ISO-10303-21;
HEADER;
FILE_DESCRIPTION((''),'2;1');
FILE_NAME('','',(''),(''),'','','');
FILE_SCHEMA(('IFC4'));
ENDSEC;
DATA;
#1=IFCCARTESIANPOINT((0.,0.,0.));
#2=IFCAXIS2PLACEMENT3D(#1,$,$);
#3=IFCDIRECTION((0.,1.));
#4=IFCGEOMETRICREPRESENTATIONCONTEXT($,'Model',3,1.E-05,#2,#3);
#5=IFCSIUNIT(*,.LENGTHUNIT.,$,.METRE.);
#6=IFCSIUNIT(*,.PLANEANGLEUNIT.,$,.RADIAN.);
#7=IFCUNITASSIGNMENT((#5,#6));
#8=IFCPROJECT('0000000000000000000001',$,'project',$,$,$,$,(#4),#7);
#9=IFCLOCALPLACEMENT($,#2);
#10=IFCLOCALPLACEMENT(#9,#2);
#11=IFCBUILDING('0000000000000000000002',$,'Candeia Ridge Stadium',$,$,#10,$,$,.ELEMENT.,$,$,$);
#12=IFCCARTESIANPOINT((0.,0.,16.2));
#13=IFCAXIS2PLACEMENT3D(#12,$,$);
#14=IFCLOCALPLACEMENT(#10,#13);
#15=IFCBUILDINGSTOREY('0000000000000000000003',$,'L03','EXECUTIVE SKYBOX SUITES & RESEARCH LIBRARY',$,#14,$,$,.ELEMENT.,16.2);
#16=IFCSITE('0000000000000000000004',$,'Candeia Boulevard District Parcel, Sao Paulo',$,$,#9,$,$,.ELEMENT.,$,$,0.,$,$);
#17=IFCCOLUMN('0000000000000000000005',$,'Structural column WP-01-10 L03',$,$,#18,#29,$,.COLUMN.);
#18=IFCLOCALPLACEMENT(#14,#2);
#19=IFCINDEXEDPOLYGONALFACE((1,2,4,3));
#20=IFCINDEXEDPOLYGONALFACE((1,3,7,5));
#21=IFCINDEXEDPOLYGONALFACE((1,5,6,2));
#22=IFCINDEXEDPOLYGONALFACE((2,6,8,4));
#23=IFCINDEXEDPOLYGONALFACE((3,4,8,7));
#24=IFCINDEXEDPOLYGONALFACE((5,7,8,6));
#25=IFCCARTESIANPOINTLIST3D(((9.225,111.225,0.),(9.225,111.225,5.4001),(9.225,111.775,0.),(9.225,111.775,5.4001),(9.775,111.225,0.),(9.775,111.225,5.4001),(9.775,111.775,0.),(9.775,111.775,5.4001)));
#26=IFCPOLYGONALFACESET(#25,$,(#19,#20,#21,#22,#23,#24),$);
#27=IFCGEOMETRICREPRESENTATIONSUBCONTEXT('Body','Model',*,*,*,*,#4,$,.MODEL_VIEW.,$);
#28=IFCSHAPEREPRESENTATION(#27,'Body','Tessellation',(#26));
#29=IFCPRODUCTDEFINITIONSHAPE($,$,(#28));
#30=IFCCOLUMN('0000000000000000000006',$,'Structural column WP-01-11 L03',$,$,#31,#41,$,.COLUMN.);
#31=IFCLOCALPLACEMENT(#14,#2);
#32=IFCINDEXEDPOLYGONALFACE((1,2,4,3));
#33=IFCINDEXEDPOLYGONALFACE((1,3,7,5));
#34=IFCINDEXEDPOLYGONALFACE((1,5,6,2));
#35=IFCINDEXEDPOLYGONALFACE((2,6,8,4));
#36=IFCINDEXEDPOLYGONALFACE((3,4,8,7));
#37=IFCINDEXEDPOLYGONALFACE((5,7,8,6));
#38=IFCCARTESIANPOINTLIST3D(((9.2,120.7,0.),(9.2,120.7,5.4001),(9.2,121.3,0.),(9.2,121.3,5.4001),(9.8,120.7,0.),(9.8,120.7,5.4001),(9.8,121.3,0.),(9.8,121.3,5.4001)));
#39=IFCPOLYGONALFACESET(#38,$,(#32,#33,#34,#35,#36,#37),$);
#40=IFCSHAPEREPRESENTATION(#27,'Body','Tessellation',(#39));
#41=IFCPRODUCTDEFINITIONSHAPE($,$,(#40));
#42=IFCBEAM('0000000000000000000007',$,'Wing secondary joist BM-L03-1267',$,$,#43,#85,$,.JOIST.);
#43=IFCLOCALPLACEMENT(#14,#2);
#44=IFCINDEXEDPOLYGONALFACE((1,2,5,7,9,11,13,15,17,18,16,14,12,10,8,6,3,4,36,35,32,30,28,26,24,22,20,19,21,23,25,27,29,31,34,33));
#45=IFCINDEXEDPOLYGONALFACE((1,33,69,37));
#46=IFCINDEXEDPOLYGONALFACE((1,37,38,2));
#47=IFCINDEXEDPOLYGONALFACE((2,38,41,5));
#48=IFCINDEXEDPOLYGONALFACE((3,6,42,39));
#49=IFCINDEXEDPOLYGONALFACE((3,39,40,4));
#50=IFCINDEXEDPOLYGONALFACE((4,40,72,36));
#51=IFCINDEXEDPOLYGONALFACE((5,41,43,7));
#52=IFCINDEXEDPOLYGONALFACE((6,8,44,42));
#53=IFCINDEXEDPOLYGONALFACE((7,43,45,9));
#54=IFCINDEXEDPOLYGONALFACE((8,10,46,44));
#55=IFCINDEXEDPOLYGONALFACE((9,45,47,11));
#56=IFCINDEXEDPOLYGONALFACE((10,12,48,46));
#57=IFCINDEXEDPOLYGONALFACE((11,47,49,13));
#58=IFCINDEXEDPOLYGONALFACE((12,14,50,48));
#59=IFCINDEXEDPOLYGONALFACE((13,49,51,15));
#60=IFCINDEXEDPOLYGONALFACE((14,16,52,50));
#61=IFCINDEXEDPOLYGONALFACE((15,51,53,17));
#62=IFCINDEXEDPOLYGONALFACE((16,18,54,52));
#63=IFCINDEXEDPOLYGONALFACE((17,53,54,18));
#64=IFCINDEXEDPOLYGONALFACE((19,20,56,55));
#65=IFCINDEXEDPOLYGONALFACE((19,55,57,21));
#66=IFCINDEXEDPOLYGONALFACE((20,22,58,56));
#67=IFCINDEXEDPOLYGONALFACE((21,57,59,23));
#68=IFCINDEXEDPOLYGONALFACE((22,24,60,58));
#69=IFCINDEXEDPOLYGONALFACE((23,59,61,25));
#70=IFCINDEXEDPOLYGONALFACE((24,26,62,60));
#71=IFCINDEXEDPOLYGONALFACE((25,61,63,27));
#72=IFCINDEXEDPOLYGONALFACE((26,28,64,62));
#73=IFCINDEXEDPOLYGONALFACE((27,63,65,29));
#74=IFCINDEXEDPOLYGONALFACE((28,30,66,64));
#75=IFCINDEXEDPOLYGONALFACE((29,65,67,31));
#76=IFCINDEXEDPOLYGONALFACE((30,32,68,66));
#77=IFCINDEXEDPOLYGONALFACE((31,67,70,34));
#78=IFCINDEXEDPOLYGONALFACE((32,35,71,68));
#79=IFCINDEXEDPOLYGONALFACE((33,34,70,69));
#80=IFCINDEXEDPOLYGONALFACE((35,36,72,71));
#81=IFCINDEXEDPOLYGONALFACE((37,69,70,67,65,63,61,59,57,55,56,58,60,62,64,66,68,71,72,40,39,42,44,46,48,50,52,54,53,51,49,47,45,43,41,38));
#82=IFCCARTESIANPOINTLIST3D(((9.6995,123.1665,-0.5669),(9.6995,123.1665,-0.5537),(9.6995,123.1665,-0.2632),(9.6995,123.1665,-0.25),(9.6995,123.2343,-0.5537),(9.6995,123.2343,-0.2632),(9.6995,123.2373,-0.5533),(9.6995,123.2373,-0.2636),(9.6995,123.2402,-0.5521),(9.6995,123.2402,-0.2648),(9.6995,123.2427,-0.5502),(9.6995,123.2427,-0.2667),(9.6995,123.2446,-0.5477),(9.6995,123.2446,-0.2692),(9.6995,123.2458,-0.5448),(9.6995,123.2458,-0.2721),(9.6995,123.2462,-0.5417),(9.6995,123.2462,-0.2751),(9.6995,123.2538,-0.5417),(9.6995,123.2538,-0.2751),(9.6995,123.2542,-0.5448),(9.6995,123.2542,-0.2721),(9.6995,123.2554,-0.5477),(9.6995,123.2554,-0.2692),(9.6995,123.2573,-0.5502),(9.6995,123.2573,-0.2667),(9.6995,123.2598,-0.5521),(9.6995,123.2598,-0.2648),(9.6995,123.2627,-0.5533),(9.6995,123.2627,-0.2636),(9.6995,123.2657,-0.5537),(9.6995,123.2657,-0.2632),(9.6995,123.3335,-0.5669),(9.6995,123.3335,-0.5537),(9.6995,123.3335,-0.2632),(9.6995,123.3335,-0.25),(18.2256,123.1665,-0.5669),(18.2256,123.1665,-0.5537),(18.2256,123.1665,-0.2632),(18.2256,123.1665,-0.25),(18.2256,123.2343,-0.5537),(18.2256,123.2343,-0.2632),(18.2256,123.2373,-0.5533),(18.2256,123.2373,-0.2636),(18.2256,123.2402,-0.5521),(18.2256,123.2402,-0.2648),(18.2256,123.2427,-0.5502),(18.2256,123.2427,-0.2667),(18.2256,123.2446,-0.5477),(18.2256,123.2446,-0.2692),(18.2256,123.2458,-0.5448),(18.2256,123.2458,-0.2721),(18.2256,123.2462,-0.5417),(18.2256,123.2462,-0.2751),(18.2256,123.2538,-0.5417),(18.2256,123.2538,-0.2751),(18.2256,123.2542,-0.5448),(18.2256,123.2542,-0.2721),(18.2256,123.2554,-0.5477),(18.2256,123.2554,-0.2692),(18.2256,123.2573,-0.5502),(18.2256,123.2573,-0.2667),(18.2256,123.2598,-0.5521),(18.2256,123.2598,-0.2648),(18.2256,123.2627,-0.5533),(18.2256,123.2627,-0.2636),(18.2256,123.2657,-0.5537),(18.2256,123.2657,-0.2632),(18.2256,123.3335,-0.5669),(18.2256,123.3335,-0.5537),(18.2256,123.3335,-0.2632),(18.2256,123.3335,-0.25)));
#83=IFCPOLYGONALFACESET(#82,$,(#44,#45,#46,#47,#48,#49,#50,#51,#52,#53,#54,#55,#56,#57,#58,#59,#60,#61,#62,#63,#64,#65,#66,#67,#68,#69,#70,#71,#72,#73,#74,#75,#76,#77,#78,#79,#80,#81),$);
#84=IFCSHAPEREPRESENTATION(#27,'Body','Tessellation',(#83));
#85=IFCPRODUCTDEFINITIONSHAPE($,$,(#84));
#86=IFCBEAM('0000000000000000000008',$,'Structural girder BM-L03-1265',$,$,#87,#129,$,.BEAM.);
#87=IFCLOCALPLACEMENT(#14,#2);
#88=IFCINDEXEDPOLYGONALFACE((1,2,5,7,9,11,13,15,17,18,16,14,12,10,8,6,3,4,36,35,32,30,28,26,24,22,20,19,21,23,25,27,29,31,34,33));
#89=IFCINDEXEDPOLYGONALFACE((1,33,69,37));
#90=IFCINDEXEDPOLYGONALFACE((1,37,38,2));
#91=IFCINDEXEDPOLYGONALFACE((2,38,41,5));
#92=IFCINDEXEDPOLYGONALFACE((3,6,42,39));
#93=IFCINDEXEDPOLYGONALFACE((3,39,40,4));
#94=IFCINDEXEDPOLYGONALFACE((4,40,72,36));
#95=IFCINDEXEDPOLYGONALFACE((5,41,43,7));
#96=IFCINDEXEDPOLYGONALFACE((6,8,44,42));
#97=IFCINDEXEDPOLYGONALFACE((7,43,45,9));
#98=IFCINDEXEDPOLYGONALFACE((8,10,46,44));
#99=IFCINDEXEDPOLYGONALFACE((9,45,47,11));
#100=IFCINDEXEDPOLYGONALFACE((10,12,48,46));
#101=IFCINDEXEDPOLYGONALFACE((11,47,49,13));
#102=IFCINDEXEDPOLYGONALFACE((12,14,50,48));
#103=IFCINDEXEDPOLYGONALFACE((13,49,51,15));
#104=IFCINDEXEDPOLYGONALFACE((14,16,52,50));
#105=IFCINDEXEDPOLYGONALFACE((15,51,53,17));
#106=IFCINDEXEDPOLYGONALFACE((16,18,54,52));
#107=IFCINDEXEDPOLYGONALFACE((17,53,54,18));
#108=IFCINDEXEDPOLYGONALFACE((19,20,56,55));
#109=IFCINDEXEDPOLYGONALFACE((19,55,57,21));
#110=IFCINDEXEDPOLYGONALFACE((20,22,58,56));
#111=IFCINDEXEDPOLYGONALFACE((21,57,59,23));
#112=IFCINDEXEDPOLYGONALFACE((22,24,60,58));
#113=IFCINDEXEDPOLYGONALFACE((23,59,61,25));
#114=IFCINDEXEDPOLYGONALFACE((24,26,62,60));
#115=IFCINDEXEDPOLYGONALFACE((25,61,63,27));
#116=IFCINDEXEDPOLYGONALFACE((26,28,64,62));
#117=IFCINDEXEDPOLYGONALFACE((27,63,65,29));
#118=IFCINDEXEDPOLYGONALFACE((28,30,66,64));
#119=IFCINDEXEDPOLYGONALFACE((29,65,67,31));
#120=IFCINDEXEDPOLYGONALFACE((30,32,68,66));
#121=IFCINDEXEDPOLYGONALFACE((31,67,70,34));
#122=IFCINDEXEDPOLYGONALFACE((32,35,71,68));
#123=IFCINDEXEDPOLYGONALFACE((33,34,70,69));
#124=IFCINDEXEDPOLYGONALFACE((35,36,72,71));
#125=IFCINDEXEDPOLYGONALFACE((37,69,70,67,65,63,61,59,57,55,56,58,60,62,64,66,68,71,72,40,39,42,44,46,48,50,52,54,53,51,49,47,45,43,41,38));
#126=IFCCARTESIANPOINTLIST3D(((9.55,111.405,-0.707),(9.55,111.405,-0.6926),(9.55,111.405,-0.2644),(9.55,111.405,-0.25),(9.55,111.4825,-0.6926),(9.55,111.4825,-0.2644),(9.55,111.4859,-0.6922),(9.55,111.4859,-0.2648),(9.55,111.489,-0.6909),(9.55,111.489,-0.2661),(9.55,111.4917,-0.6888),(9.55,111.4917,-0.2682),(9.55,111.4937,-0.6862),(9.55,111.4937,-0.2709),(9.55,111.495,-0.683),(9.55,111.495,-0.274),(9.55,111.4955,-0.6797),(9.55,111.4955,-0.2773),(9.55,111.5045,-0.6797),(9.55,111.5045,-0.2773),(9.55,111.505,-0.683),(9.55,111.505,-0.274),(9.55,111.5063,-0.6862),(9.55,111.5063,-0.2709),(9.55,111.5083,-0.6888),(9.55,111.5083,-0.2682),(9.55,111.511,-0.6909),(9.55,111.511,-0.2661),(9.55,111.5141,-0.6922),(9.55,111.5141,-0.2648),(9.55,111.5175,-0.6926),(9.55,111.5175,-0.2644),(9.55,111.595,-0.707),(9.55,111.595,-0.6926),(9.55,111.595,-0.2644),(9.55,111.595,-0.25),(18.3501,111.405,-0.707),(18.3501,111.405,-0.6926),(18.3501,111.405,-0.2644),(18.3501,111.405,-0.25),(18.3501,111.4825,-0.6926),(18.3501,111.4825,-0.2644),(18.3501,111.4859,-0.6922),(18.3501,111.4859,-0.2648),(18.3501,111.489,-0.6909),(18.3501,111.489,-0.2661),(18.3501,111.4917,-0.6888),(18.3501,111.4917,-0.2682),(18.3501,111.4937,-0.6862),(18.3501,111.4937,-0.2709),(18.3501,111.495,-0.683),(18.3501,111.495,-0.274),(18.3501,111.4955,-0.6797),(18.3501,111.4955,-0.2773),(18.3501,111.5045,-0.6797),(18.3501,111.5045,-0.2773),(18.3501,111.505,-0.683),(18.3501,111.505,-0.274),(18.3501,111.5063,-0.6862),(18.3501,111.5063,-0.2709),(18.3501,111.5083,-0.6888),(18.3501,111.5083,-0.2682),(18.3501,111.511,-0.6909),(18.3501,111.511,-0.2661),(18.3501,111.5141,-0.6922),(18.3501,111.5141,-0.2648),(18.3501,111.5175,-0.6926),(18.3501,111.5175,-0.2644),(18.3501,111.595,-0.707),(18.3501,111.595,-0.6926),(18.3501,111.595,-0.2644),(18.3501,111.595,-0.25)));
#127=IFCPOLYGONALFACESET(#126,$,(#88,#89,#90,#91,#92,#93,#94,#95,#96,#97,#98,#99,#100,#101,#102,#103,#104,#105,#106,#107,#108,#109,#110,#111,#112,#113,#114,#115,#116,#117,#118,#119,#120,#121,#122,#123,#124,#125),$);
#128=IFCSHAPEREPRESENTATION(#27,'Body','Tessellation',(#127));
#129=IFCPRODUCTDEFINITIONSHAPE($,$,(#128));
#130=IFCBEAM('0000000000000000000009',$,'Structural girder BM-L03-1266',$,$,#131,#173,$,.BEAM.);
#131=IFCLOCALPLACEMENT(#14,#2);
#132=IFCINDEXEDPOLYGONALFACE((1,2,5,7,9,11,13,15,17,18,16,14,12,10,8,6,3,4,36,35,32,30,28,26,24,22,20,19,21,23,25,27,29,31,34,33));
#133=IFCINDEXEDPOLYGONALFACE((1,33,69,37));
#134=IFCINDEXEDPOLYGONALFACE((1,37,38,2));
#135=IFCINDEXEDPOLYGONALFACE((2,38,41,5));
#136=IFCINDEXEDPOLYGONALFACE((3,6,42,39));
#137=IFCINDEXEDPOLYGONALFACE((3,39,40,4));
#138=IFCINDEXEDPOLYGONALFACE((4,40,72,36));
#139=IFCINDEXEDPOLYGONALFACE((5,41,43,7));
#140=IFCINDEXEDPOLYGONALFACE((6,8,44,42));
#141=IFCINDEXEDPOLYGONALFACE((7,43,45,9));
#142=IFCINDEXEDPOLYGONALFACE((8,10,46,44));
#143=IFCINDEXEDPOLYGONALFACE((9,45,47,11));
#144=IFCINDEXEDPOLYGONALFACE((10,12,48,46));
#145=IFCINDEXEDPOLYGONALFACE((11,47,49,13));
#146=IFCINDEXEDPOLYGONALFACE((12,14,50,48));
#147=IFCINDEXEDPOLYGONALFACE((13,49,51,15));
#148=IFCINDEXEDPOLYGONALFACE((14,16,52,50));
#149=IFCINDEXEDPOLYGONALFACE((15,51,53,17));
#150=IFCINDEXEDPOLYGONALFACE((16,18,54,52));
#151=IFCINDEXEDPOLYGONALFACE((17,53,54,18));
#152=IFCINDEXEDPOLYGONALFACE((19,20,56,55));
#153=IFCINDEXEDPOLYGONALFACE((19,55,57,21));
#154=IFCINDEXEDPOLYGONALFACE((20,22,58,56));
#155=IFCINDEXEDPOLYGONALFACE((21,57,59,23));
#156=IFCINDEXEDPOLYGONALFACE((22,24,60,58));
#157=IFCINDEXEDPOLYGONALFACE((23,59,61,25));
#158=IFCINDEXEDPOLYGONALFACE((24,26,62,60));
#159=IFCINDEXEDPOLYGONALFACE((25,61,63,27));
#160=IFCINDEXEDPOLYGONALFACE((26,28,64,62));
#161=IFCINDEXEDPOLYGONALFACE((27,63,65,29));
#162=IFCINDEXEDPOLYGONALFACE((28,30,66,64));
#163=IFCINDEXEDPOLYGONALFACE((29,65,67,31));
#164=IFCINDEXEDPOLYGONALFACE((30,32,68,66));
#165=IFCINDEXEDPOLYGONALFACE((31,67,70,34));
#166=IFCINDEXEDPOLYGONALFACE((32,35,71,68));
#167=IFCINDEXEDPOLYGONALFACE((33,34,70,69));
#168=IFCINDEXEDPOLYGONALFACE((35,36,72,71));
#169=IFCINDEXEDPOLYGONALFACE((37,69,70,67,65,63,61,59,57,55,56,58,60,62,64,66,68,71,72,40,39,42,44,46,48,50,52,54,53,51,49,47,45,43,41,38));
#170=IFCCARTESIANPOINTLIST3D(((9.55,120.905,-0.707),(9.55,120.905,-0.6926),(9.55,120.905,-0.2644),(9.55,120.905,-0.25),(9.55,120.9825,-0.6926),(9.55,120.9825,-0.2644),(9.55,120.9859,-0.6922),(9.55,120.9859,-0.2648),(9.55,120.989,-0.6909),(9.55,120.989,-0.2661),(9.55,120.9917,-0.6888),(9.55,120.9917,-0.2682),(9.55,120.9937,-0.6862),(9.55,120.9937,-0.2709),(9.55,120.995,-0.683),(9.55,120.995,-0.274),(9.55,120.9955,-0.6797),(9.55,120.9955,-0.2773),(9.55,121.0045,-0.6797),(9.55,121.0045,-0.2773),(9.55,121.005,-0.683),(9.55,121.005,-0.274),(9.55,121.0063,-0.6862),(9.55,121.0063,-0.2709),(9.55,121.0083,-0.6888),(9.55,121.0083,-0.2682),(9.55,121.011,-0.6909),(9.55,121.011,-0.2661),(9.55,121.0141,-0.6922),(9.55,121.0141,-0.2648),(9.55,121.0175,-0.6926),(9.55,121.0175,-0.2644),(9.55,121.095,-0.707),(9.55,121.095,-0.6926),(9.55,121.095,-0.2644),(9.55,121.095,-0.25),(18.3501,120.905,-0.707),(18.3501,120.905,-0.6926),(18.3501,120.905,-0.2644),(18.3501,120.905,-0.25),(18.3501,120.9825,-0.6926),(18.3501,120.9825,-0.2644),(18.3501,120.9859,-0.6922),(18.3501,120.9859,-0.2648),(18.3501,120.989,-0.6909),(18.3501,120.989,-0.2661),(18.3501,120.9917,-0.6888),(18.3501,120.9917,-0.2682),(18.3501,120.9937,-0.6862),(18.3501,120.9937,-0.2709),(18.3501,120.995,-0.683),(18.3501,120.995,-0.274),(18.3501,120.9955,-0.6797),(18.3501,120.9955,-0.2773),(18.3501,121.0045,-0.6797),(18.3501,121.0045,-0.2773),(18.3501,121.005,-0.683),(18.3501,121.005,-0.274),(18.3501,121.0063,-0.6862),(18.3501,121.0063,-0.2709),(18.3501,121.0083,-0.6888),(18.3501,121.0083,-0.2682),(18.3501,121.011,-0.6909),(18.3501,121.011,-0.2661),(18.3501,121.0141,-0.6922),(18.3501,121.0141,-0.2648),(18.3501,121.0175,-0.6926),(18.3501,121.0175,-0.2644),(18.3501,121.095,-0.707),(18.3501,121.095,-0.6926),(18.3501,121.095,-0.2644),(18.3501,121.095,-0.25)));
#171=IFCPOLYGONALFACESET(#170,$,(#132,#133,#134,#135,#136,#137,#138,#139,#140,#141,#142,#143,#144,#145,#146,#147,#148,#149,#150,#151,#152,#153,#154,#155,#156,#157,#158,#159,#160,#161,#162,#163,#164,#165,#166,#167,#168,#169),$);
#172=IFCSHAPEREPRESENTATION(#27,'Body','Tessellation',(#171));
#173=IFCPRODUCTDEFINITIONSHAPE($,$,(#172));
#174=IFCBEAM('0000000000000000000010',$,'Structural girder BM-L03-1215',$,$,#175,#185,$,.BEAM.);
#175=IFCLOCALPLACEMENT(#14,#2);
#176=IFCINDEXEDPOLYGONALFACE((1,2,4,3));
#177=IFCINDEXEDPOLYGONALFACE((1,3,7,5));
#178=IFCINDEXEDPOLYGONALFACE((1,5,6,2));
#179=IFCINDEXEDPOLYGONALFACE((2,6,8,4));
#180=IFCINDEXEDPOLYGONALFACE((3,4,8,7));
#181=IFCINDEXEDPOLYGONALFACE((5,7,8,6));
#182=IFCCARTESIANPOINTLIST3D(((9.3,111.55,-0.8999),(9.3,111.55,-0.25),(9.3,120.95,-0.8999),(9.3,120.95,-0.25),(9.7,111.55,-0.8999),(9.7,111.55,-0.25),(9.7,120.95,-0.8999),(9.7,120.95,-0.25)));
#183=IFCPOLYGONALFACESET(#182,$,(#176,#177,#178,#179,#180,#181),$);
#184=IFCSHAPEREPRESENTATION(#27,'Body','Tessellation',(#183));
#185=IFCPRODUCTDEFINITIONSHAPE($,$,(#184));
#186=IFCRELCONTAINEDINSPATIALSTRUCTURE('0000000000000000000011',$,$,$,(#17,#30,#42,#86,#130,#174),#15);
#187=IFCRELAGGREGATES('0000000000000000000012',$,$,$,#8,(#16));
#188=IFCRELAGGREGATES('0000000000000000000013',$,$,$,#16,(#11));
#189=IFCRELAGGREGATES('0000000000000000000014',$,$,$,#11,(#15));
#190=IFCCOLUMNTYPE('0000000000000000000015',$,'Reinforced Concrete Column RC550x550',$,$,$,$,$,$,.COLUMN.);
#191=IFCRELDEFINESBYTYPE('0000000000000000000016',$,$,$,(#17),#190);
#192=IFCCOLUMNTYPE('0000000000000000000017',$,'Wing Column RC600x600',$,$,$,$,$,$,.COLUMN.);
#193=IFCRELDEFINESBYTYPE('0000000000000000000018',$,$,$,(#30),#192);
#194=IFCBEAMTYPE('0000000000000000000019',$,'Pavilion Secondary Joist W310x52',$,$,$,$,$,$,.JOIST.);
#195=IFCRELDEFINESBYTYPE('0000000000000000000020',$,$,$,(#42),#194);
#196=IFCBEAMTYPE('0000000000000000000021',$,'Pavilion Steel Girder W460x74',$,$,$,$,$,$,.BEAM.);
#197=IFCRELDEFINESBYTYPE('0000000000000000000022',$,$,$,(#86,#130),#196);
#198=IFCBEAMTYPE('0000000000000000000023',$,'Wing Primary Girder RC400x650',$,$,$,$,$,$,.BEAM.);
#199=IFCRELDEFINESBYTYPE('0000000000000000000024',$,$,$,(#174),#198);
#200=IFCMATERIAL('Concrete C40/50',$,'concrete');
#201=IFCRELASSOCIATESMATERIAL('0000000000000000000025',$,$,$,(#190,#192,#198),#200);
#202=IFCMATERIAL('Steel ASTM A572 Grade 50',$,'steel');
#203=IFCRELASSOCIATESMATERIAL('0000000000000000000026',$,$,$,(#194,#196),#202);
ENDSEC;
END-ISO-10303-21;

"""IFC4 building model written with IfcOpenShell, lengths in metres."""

from ifc_helpers import new_model, si_unit, direction, frame, origin, origin_2d, place, context, subcontext, project, spatial, rectangle, i_section, extrude, material, material_profile, profile_set, type_object, element, save


model = new_model("IFC4")

# Units and contexts
model_context = context("Model", 3, precision=1e-05, world=origin(), true_north=direction((0.0, 1.0)))
body_context = subcontext(model_context, "Body", "Model", "MODEL_VIEW")
ifc_project = project(units=[si_unit("LENGTHUNIT", "METRE"), si_unit("PLANEANGLEUNIT", "RADIAN")], contexts=[model_context])

# Site, building, storey
site_placement = place(None, origin())
site = spatial("IfcSite", under=ifc_project, at=site_placement, Name="Candeia Boulevard District Parcel, Sao Paulo", CompositionType="ELEMENT", RefElevation=0.0)
building_placement = place(site_placement, origin())
building = spatial("IfcBuilding", under=site, at=building_placement, Name="Candeia Ridge Stadium", CompositionType="ELEMENT")
storey_placement = place(building_placement, frame((0.0, 0.0, 16.2)))
storey = spatial("IfcBuildingStorey", under=building, at=storey_placement, Name="L03", Description="EXECUTIVE SKYBOX SUITES & RESEARCH LIBRARY", CompositionType="ELEMENT", Elevation=16.2)

# Columns
ifc_material_1 = material(Name="Concrete C40/50", Category="concrete")
ifc_material_profile_1 = material_profile(ifc_material_1, rectangle(XDim=0.55, YDim=0.55, at=origin_2d()), Name="RC550x550", Category="concrete")
ifc_profile_set_1 = profile_set([ifc_material_profile_1], Name="Concrete C40/50")
column_type_1 = type_object("IfcColumnType", Name="Reinforced Concrete Column RC550x550", PredefinedType="COLUMN", material=ifc_profile_set_1)
column_1_placement = place(storey_placement, frame((9.5, 111.5, 0.0), z_axis=(0.0, 0.0, 1.0), x_axis=(1.0, 0.0, 0.0)))
element("IfcColumn", 1, at=column_1_placement, inside=storey, type_object=column_type_1, Name="Structural column WP-01-10 L03", PredefinedType="COLUMN", context=body_context, shape_type="SweptSolid", body=[
    extrude(rectangle(XDim=0.55, YDim=0.55, at=origin_2d()), origin(), (0.0, 0.0, 1.0), 5.4001),
])
ifc_material_profile_2 = material_profile(ifc_material_1, rectangle(XDim=0.6001, YDim=0.6001, at=origin_2d()), Name="RC600x600", Category="concrete")
ifc_profile_set_2 = profile_set([ifc_material_profile_2], Name="Concrete C40/50")
column_type_2 = type_object("IfcColumnType", Name="Wing Column RC600x600", PredefinedType="COLUMN", material=ifc_profile_set_2)
column_2_placement = place(storey_placement, frame((9.5, 121.0, 0.0), z_axis=(0.0, 0.0, 1.0), x_axis=(1.0, 0.0, 0.0)))
element("IfcColumn", 2, at=column_2_placement, inside=storey, type_object=column_type_2, Name="Structural column WP-01-11 L03", PredefinedType="COLUMN", context=body_context, shape_type="SweptSolid", body=[
    extrude(rectangle(XDim=0.6001, YDim=0.6001, at=origin_2d()), origin(), (0.0, 0.0, 1.0), 5.4001),
])

# Beams
ifc_material_2 = material(Name="Steel ASTM A572 Grade 50", Category="steel")
ifc_material_profile_3 = material_profile(ifc_material_2, i_section(OverallWidth=0.167, OverallDepth=0.3169, WebThickness=0.0076, FlangeThickness=0.0132, FilletRadius=0.012, at=origin_2d()), Name="W310x52", Category="steel")
ifc_profile_set_3 = profile_set([ifc_material_profile_3], Name="Steel ASTM A572 Grade 50")
beam_type_1 = type_object("IfcBeamType", Name="Pavilion Secondary Joist W310x52", PredefinedType="JOIST", material=ifc_profile_set_3)
beam_1_placement = place(storey_placement, frame((9.6995, 123.25, -0.4084), z_axis=(1.0, 0.0, 0.0), x_axis=(0.0, 1.0, 0.0)))
element("IfcBeam", 3, at=beam_1_placement, inside=storey, type_object=beam_type_1, Name="Wing secondary joist BM-L03-1267", PredefinedType="JOIST", context=body_context, shape_type="SweptSolid", body=[
    extrude(i_section(OverallWidth=0.167, OverallDepth=0.3169, WebThickness=0.0076, FlangeThickness=0.0132, FilletRadius=0.012, at=origin_2d()), origin(), (0.0, 0.0, 1.0), 8.5261),
])
ifc_material_profile_4 = material_profile(ifc_material_2, i_section(OverallWidth=0.1899, OverallDepth=0.457, WebThickness=0.009, FlangeThickness=0.0144, FilletRadius=0.0129, at=origin_2d()), Name="W460x74", Category="steel")
ifc_profile_set_4 = profile_set([ifc_material_profile_4], Name="Steel ASTM A572 Grade 50")
beam_type_2 = type_object("IfcBeamType", Name="Pavilion Steel Girder W460x74", PredefinedType="BEAM", material=ifc_profile_set_4)
for number, where, z_axis, x_axis, name in (
    (4, (9.55, 111.5, -0.4785), (1.0, 0.0, 0.0), (0.0, 1.0, 0.0), "Structural girder BM-L03-1265"),
    (5, (9.55, 121.0, -0.4785), (1.0, 0.0, 0.0), (0.0, 1.0, 0.0), "Structural girder BM-L03-1266"),
):
    element("IfcBeam", number, at=place(storey_placement, frame(where, z_axis=z_axis, x_axis=x_axis)), inside=storey, type_object=beam_type_2, Name=name, PredefinedType="BEAM", context=body_context, shape_type="SweptSolid", body=[
        extrude(i_section(OverallWidth=0.1899, OverallDepth=0.457, WebThickness=0.009, FlangeThickness=0.0144, FilletRadius=0.0129, at=origin_2d()), origin(), (0.0, 0.0, 1.0), 8.8),
    ])
ifc_material_profile_5 = material_profile(ifc_material_1, rectangle(XDim=0.3999, YDim=0.6499, at=origin_2d()), Name="RC400x650", Category="concrete")
ifc_profile_set_5 = profile_set([ifc_material_profile_5], Name="Concrete C40/50")
beam_type_3 = type_object("IfcBeamType", Name="Wing Primary Girder RC400x650", PredefinedType="BEAM", material=ifc_profile_set_5)
beam_2_placement = place(storey_placement, frame((9.5, 111.55, -0.575), z_axis=(0.0, 1.0, 0.0), x_axis=(-1.0, 0.0, 0.0)))
element("IfcBeam", 6, at=beam_2_placement, inside=storey, type_object=beam_type_3, Name="Structural girder BM-L03-1215", PredefinedType="BEAM", context=body_context, shape_type="SweptSolid", body=[
    extrude(rectangle(XDim=0.3999, YDim=0.6499, at=origin_2d()), origin(), (0.0, 0.0, 1.0), 9.3999),
])

save(model, "model.ifc")
